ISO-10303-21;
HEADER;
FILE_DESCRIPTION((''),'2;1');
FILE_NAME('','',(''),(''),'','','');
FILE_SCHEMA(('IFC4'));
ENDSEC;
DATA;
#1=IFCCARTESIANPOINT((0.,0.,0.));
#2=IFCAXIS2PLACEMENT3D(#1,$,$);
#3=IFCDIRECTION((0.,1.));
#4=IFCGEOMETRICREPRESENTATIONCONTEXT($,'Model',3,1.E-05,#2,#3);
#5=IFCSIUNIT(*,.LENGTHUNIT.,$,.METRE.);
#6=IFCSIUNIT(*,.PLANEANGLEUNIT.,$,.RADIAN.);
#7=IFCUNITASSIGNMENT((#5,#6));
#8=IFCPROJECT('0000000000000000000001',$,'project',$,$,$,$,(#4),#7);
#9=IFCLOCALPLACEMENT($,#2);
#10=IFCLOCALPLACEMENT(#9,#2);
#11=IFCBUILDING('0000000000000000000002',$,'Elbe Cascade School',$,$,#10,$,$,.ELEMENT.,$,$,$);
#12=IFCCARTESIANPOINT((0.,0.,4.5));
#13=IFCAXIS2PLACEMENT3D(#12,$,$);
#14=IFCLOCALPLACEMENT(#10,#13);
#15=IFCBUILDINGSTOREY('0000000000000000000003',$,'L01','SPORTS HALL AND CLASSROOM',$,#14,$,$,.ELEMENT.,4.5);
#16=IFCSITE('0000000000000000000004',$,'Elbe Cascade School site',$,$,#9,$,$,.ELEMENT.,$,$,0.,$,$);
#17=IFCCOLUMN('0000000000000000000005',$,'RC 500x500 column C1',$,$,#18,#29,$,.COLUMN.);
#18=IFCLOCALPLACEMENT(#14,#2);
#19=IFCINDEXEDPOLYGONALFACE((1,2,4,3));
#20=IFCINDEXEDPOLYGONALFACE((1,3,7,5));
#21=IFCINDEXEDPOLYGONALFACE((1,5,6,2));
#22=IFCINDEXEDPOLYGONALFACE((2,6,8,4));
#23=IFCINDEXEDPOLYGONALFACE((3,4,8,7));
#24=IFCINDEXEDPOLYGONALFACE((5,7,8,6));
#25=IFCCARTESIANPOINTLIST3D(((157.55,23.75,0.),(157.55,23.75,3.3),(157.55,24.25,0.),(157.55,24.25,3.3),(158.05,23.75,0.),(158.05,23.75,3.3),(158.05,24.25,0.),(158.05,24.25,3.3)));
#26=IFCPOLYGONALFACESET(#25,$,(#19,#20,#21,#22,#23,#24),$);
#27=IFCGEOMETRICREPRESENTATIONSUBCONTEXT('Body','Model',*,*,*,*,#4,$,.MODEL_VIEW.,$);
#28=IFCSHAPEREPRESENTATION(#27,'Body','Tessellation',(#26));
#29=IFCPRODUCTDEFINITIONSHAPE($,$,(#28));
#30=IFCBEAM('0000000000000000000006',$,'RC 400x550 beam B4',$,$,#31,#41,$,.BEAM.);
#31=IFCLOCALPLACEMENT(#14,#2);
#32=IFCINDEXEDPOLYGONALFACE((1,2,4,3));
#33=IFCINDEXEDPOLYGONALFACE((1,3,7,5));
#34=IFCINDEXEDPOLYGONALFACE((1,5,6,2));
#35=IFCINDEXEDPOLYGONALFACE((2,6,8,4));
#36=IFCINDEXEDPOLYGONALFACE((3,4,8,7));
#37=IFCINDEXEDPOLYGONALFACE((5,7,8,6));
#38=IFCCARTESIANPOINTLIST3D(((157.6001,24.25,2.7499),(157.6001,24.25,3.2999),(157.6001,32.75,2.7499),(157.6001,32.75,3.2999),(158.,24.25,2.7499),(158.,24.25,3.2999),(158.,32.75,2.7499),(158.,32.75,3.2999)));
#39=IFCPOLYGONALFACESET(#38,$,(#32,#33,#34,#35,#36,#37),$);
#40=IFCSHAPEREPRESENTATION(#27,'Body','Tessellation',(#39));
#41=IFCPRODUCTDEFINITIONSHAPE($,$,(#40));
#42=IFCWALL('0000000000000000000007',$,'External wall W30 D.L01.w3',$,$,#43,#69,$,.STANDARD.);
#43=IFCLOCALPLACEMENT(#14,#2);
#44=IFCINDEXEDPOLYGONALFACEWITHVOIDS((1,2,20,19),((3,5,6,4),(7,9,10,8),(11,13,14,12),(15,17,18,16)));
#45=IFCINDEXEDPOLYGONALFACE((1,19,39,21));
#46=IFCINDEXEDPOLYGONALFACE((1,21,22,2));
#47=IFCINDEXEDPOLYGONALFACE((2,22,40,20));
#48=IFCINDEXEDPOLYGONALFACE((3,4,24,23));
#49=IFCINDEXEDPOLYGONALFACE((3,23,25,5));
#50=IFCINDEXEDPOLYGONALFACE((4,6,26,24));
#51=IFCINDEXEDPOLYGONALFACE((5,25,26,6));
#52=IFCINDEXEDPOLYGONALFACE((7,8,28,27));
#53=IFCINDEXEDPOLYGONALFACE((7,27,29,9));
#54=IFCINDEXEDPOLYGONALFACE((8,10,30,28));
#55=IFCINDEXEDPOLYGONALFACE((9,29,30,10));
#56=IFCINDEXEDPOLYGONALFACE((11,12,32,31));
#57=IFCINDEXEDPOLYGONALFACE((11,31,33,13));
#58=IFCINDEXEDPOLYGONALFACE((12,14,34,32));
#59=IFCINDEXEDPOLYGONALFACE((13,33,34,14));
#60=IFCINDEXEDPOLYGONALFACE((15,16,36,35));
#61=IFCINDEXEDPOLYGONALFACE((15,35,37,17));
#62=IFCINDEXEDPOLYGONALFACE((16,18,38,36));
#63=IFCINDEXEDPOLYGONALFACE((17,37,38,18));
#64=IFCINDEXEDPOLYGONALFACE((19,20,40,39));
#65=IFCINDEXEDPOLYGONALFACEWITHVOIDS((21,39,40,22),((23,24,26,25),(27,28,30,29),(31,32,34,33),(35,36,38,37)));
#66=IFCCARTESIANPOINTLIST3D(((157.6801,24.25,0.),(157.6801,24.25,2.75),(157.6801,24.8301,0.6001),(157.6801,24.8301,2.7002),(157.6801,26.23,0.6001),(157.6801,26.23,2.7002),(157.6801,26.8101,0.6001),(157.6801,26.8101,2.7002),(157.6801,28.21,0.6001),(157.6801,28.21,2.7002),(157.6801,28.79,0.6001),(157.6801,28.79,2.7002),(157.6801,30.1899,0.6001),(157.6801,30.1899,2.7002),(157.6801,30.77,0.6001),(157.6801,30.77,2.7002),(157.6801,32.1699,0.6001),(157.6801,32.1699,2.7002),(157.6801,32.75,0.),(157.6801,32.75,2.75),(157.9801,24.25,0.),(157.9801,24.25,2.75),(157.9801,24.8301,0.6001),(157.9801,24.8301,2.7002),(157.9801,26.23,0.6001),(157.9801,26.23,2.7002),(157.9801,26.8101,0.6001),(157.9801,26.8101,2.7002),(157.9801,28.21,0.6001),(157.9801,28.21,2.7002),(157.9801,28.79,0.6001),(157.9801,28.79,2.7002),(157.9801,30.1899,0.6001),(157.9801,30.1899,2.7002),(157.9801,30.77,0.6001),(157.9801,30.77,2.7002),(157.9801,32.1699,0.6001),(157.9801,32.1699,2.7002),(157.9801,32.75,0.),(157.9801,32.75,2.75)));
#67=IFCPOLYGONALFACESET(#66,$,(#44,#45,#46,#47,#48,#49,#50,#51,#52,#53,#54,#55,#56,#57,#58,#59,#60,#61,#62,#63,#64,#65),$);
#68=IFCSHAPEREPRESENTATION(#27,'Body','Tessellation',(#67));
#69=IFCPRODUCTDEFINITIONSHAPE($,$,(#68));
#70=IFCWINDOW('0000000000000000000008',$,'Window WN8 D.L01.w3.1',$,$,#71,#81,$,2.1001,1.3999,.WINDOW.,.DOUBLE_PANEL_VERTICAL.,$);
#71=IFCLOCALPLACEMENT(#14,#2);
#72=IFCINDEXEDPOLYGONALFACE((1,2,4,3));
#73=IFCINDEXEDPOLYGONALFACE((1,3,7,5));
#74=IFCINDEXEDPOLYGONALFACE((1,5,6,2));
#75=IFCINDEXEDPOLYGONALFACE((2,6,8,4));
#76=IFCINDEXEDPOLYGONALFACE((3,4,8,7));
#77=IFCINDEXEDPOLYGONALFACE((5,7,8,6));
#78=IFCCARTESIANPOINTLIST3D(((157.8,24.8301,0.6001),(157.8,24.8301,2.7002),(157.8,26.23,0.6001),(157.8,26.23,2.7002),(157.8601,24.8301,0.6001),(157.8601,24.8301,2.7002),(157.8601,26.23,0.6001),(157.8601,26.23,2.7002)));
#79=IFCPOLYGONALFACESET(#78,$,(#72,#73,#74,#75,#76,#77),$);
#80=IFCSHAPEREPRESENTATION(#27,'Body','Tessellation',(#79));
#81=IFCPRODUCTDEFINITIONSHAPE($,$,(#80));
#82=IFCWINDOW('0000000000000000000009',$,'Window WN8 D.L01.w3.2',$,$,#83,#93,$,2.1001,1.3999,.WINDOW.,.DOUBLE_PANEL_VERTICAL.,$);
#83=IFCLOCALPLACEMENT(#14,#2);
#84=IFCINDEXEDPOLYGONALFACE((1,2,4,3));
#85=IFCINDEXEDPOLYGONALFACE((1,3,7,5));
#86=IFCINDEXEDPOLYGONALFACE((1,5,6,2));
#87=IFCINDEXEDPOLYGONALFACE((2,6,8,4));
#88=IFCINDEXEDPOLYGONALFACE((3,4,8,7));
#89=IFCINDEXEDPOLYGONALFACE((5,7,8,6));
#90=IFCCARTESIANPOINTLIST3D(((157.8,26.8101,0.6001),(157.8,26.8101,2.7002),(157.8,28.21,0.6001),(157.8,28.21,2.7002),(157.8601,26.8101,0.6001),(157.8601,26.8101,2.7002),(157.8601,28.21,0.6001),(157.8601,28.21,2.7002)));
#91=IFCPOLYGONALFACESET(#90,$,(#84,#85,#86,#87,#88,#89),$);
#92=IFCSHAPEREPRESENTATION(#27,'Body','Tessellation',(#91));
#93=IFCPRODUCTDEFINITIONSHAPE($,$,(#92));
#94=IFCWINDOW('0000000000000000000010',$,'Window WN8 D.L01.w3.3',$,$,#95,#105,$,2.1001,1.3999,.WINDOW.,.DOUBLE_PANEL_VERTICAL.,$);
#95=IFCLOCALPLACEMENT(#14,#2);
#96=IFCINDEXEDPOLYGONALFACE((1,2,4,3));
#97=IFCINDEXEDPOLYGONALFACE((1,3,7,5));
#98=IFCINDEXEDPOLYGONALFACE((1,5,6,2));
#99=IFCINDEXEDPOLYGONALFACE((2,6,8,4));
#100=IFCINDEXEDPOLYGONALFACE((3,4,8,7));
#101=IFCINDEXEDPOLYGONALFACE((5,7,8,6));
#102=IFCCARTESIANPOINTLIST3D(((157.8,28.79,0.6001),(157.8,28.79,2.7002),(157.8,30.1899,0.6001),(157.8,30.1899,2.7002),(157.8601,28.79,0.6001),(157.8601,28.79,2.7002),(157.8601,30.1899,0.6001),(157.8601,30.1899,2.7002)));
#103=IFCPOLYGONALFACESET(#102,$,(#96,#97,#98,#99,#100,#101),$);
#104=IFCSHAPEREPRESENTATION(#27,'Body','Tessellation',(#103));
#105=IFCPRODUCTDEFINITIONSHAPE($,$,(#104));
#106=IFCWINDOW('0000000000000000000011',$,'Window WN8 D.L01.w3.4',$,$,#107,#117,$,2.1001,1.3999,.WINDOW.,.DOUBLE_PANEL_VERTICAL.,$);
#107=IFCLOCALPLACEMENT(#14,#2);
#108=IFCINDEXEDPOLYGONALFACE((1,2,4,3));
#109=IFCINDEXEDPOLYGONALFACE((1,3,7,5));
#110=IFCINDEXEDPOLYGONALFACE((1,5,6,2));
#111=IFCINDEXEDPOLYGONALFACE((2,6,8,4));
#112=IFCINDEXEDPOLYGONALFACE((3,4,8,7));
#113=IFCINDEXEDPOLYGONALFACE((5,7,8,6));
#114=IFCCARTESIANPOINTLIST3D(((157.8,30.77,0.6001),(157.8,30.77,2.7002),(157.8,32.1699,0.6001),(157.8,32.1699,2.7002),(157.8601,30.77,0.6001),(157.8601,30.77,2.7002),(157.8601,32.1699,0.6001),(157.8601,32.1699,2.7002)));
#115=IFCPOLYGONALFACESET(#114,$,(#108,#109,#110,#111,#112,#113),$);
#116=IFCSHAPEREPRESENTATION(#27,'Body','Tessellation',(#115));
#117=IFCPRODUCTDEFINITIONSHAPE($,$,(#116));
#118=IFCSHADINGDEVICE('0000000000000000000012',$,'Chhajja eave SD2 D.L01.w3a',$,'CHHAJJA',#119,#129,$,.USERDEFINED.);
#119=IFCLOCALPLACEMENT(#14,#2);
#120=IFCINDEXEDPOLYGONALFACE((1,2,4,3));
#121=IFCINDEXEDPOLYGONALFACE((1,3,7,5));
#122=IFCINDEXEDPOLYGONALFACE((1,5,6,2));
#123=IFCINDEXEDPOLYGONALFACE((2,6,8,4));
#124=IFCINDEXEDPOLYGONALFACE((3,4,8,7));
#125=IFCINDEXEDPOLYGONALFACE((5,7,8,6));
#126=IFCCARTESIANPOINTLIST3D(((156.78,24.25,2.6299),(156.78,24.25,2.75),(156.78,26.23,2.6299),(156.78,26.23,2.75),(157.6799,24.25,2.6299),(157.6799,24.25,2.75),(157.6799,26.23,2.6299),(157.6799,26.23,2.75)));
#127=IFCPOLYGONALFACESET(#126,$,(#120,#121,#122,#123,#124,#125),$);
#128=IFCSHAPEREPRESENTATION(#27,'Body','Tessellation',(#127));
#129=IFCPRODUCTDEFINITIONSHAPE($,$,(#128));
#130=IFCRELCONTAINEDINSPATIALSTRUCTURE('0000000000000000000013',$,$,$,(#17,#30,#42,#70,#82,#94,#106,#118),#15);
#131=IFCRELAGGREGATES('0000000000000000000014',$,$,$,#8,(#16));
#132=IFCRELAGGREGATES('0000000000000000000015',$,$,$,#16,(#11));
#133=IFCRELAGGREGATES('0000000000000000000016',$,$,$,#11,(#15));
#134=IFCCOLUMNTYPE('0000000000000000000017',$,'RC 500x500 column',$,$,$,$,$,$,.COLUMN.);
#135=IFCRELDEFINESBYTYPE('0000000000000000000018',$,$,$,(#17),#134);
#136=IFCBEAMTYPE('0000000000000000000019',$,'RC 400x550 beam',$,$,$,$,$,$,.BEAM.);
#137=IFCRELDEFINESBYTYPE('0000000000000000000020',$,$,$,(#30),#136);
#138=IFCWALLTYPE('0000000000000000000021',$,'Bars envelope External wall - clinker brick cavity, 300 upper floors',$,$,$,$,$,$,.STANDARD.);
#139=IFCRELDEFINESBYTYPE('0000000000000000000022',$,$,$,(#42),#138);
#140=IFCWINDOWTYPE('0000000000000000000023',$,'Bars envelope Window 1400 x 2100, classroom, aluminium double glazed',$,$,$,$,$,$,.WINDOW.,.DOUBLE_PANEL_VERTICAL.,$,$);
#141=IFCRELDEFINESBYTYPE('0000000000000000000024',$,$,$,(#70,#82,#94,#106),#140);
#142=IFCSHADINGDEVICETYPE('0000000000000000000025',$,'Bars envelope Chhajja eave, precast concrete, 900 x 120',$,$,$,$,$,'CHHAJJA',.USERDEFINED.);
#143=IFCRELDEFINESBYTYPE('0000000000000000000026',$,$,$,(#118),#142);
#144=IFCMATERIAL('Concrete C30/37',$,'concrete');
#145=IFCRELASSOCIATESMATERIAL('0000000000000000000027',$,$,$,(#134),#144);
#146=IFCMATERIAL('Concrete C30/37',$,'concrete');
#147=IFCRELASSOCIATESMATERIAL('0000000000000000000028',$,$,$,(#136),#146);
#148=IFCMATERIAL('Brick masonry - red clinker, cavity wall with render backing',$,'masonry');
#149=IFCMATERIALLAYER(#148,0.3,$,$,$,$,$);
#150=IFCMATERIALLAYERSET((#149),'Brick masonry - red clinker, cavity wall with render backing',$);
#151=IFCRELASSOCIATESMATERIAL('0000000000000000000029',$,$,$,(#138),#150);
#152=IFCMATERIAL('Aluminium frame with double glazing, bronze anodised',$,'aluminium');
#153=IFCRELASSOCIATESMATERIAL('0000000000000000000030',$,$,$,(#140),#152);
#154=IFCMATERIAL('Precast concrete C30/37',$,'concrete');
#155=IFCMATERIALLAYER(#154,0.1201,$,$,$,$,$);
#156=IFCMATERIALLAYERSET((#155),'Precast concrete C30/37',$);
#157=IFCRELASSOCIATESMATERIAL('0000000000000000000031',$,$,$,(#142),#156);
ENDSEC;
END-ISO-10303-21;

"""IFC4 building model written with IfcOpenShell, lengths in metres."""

from ifc_helpers import new_model, si_unit, direction, frame, frame_2d, origin, origin_2d, place, context, subcontext, project, spatial, rectangle, extrude, material, layer, layer_set, material_profile, profile_set, type_object, element, fill, save


model = new_model("IFC4")

# Units and contexts
model_context = context("Model", 3, precision=1e-05, world=origin(), true_north=direction((0.0, 1.0)))
body_context = subcontext(model_context, "Body", "Model", "MODEL_VIEW")
ifc_project = project(units=[si_unit("LENGTHUNIT", "METRE"), si_unit("PLANEANGLEUNIT", "RADIAN")], contexts=[model_context])

# Site, building, storey
site_placement = place(None, origin())
site = spatial("IfcSite", under=ifc_project, at=site_placement, Name="Elbe Cascade School site", CompositionType="ELEMENT", RefElevation=0.0)
building_placement = place(site_placement, origin())
building = spatial("IfcBuilding", under=site, at=building_placement, Name="Elbe Cascade School", CompositionType="ELEMENT")
storey_placement = place(building_placement, frame((0.0, 0.0, 4.5)))
storey = spatial("IfcBuildingStorey", under=building, at=storey_placement, Name="L01", Description="SPORTS HALL AND CLASSROOM", CompositionType="ELEMENT", Elevation=4.5)

# Column
ifc_material_1 = material(Name="Concrete C30/37", Category="concrete")
ifc_material_profile_1 = material_profile(ifc_material_1, rectangle(XDim=0.5, YDim=0.5, at=origin_2d()), Name="RC 500x500")
ifc_profile_set_1 = profile_set([ifc_material_profile_1], Name="Concrete C30/37")
column_type = type_object("IfcColumnType", Name="RC 500x500 column", PredefinedType="COLUMN", material=ifc_profile_set_1)
column_placement = place(storey_placement, frame((157.8, 24.0, 0.0), z_axis=(0.0, 0.0, 1.0), x_axis=(1.0, 0.0, 0.0)))
element("IfcColumn", 1, at=column_placement, inside=storey, type_object=column_type, Name="RC 500x500 column C1", PredefinedType="COLUMN", context=body_context, shape_type="SweptSolid", body=[
    extrude(rectangle(XDim=0.5, YDim=0.5, at=origin_2d()), origin(), (0.0, 0.0, 1.0), 3.3),
])

# Beam
ifc_material_2 = material(Name="Concrete C30/37", Category="concrete")
ifc_material_profile_2 = material_profile(ifc_material_2, rectangle(XDim=0.3999, YDim=0.55, at=origin_2d()), Name="RC 400x550")
ifc_profile_set_2 = profile_set([ifc_material_profile_2], Name="Concrete C30/37")
beam_type = type_object("IfcBeamType", Name="RC 400x550 beam", PredefinedType="BEAM", material=ifc_profile_set_2)
beam_placement = place(storey_placement, frame((157.8, 24.25, 3.0249), z_axis=(0.0, 1.0, 0.0), x_axis=(-1.0, 0.0, 0.0)))
element("IfcBeam", 2, at=beam_placement, inside=storey, type_object=beam_type, Name="RC 400x550 beam B4", PredefinedType="BEAM", context=body_context, shape_type="SweptSolid", body=[
    extrude(rectangle(XDim=0.3999, YDim=0.55, at=origin_2d()), origin(), (0.0, 0.0, 1.0), 8.5),
])

# Wall, openings, windows
ifc_material_3 = material(Name="Brick masonry - red clinker, cavity wall with render backing", Category="masonry")
ifc_layer_1 = layer(ifc_material_3, 0.3)
ifc_layer_set_1 = layer_set([ifc_layer_1], Name="Brick masonry - red clinker, cavity wall with render backing")
wall_type = type_object("IfcWallType", Name="Bars envelope External wall - clinker brick cavity, 300 upper floors", PredefinedType="STANDARD", material=ifc_layer_set_1)
wall_placement = place(storey_placement, frame((157.8301, 24.25, 0.0), z_axis=(0.0, 0.0, 1.0), x_axis=(0.0, 1.0, 0.0)))
wall = element("IfcWall", 3, at=wall_placement, inside=storey, type_object=wall_type, Name="External wall W30 D.L01.w3", PredefinedType="STANDARD", context=body_context, shape_type="SweptSolid", body=[
    extrude(rectangle(XDim=8.5, YDim=0.3, at=frame_2d((4.25, 0.0))), origin(), (0.0, 0.0, 1.0), 2.75),
])
opening_1_placement = place(wall_placement, frame((0.5801, 0.0, 0.6001)))
opening_1 = element("IfcOpeningElement", 4, at=opening_1_placement, cuts=wall, PredefinedType="OPENING", context=body_context, shape_type="SweptSolid", body=[
    extrude(rectangle(XDim=1.3999, YDim=2.1001, at=frame_2d((0.7, 1.05))), frame((0.0, 0.1599, 0.0), z_axis=(0.0, -1.0, 0.0), x_axis=(1.0, 0.0, 0.0)), (0.0, 0.0, 1.0), 0.3201),
])
opening_2_placement = place(wall_placement, frame((2.5601, 0.0, 0.6001)))
opening_2 = element("IfcOpeningElement", 5, at=opening_2_placement, cuts=wall, PredefinedType="OPENING", context=body_context, shape_type="SweptSolid", body=[
    extrude(rectangle(XDim=1.3999, YDim=2.1001, at=frame_2d((0.7, 1.05))), frame((0.0, 0.1599, 0.0), z_axis=(0.0, -1.0, 0.0), x_axis=(1.0, 0.0, 0.0)), (0.0, 0.0, 1.0), 0.3201),
])
opening_3_placement = place(wall_placement, frame((4.54, 0.0, 0.6001)))
opening_3 = element("IfcOpeningElement", 6, at=opening_3_placement, cuts=wall, PredefinedType="OPENING", context=body_context, shape_type="SweptSolid", body=[
    extrude(rectangle(XDim=1.3999, YDim=2.1001, at=frame_2d((0.7, 1.05))), frame((0.0, 0.1599, 0.0), z_axis=(0.0, -1.0, 0.0), x_axis=(1.0, 0.0, 0.0)), (0.0, 0.0, 1.0), 0.3201),
])
opening_4_placement = place(wall_placement, frame((6.52, 0.0, 0.6001)))
opening_4 = element("IfcOpeningElement", 7, at=opening_4_placement, cuts=wall, PredefinedType="OPENING", context=body_context, shape_type="SweptSolid", body=[
    extrude(rectangle(XDim=1.3999, YDim=2.1001, at=frame_2d((0.7, 1.05))), frame((0.0, 0.1599, 0.0), z_axis=(0.0, -1.0, 0.0), x_axis=(1.0, 0.0, 0.0)), (0.0, 0.0, 1.0), 0.3201),
])
ifc_material_4 = material(Name="Aluminium frame with double glazing, bronze anodised", Category="aluminium")
window_type = type_object("IfcWindowType", Name="Bars envelope Window 1400 x 2100, classroom, aluminium double glazed", PartitioningType="DOUBLE_PANEL_VERTICAL", PredefinedType="WINDOW", material=ifc_material_4)
window_1_placement = place(opening_1_placement, origin())
window_1 = element("IfcWindow", 8, at=window_1_placement, inside=storey, type_object=window_type, Name="Window WN8 D.L01.w3.1", OverallHeight=2.1001, OverallWidth=1.3999, PartitioningType="DOUBLE_PANEL_VERTICAL", PredefinedType="WINDOW", context=body_context, shape_type="SweptSolid", body=[
    extrude(rectangle(XDim=1.3999, YDim=2.1001, at=frame_2d((0.7, 1.05))), frame((0.0, 0.03, 0.0), z_axis=(0.0, -1.0, 0.0), x_axis=(1.0, 0.0, 0.0)), (0.0, 0.0, 1.0), 0.0601),
])
fill(opening_1, window_1)
window_2_placement = place(opening_2_placement, origin())
window_2 = element("IfcWindow", 9, at=window_2_placement, inside=storey, type_object=window_type, Name="Window WN8 D.L01.w3.2", OverallHeight=2.1001, OverallWidth=1.3999, PartitioningType="DOUBLE_PANEL_VERTICAL", PredefinedType="WINDOW", context=body_context, shape_type="SweptSolid", body=[
    extrude(rectangle(XDim=1.3999, YDim=2.1001, at=frame_2d((0.7, 1.05))), frame((0.0, 0.03, 0.0), z_axis=(0.0, -1.0, 0.0), x_axis=(1.0, 0.0, 0.0)), (0.0, 0.0, 1.0), 0.0601),
])
fill(opening_2, window_2)
window_3_placement = place(opening_3_placement, origin())
window_3 = element("IfcWindow", 10, at=window_3_placement, inside=storey, type_object=window_type, Name="Window WN8 D.L01.w3.3", OverallHeight=2.1001, OverallWidth=1.3999, PartitioningType="DOUBLE_PANEL_VERTICAL", PredefinedType="WINDOW", context=body_context, shape_type="SweptSolid", body=[
    extrude(rectangle(XDim=1.3999, YDim=2.1001, at=frame_2d((0.7, 1.05))), frame((0.0, 0.03, 0.0), z_axis=(0.0, -1.0, 0.0), x_axis=(1.0, 0.0, 0.0)), (0.0, 0.0, 1.0), 0.0601),
])
fill(opening_3, window_3)
window_4_placement = place(opening_4_placement, origin())
window_4 = element("IfcWindow", 11, at=window_4_placement, inside=storey, type_object=window_type, Name="Window WN8 D.L01.w3.4", OverallHeight=2.1001, OverallWidth=1.3999, PartitioningType="DOUBLE_PANEL_VERTICAL", PredefinedType="WINDOW", context=body_context, shape_type="SweptSolid", body=[
    extrude(rectangle(XDim=1.3999, YDim=2.1001, at=frame_2d((0.7, 1.05))), frame((0.0, 0.03, 0.0), z_axis=(0.0, -1.0, 0.0), x_axis=(1.0, 0.0, 0.0)), (0.0, 0.0, 1.0), 0.0601),
])
fill(opening_4, window_4)

# Shading device
ifc_material_5 = material(Name="Precast concrete C30/37", Category="concrete")
ifc_layer_2 = layer(ifc_material_5, 0.1201)
ifc_layer_set_2 = layer_set([ifc_layer_2], Name="Precast concrete C30/37")
shading_device_type_1 = type_object("IfcShadingDeviceType", Name="Bars envelope Chhajja eave, precast concrete, 900 x 120", ElementType="CHHAJJA", PredefinedType="USERDEFINED", material=ifc_layer_set_2)
shading_device_1_placement = place(storey_placement, frame((157.23, 25.24, 2.6299), z_axis=(0.0, 0.0, 1.0), x_axis=(0.0, 1.0, 0.0)))
element("IfcShadingDevice", 12, at=shading_device_1_placement, inside=storey, type_object=shading_device_type_1, Name="Chhajja eave SD2 D.L01.w3a", ObjectType="CHHAJJA", PredefinedType="USERDEFINED", context=body_context, shape_type="SweptSolid", body=[
    extrude(rectangle(XDim=1.98, YDim=0.8999, at=origin_2d()), origin(), (0.0, 0.0, 1.0), 0.1201),
])

save(model, "model.ifc")
